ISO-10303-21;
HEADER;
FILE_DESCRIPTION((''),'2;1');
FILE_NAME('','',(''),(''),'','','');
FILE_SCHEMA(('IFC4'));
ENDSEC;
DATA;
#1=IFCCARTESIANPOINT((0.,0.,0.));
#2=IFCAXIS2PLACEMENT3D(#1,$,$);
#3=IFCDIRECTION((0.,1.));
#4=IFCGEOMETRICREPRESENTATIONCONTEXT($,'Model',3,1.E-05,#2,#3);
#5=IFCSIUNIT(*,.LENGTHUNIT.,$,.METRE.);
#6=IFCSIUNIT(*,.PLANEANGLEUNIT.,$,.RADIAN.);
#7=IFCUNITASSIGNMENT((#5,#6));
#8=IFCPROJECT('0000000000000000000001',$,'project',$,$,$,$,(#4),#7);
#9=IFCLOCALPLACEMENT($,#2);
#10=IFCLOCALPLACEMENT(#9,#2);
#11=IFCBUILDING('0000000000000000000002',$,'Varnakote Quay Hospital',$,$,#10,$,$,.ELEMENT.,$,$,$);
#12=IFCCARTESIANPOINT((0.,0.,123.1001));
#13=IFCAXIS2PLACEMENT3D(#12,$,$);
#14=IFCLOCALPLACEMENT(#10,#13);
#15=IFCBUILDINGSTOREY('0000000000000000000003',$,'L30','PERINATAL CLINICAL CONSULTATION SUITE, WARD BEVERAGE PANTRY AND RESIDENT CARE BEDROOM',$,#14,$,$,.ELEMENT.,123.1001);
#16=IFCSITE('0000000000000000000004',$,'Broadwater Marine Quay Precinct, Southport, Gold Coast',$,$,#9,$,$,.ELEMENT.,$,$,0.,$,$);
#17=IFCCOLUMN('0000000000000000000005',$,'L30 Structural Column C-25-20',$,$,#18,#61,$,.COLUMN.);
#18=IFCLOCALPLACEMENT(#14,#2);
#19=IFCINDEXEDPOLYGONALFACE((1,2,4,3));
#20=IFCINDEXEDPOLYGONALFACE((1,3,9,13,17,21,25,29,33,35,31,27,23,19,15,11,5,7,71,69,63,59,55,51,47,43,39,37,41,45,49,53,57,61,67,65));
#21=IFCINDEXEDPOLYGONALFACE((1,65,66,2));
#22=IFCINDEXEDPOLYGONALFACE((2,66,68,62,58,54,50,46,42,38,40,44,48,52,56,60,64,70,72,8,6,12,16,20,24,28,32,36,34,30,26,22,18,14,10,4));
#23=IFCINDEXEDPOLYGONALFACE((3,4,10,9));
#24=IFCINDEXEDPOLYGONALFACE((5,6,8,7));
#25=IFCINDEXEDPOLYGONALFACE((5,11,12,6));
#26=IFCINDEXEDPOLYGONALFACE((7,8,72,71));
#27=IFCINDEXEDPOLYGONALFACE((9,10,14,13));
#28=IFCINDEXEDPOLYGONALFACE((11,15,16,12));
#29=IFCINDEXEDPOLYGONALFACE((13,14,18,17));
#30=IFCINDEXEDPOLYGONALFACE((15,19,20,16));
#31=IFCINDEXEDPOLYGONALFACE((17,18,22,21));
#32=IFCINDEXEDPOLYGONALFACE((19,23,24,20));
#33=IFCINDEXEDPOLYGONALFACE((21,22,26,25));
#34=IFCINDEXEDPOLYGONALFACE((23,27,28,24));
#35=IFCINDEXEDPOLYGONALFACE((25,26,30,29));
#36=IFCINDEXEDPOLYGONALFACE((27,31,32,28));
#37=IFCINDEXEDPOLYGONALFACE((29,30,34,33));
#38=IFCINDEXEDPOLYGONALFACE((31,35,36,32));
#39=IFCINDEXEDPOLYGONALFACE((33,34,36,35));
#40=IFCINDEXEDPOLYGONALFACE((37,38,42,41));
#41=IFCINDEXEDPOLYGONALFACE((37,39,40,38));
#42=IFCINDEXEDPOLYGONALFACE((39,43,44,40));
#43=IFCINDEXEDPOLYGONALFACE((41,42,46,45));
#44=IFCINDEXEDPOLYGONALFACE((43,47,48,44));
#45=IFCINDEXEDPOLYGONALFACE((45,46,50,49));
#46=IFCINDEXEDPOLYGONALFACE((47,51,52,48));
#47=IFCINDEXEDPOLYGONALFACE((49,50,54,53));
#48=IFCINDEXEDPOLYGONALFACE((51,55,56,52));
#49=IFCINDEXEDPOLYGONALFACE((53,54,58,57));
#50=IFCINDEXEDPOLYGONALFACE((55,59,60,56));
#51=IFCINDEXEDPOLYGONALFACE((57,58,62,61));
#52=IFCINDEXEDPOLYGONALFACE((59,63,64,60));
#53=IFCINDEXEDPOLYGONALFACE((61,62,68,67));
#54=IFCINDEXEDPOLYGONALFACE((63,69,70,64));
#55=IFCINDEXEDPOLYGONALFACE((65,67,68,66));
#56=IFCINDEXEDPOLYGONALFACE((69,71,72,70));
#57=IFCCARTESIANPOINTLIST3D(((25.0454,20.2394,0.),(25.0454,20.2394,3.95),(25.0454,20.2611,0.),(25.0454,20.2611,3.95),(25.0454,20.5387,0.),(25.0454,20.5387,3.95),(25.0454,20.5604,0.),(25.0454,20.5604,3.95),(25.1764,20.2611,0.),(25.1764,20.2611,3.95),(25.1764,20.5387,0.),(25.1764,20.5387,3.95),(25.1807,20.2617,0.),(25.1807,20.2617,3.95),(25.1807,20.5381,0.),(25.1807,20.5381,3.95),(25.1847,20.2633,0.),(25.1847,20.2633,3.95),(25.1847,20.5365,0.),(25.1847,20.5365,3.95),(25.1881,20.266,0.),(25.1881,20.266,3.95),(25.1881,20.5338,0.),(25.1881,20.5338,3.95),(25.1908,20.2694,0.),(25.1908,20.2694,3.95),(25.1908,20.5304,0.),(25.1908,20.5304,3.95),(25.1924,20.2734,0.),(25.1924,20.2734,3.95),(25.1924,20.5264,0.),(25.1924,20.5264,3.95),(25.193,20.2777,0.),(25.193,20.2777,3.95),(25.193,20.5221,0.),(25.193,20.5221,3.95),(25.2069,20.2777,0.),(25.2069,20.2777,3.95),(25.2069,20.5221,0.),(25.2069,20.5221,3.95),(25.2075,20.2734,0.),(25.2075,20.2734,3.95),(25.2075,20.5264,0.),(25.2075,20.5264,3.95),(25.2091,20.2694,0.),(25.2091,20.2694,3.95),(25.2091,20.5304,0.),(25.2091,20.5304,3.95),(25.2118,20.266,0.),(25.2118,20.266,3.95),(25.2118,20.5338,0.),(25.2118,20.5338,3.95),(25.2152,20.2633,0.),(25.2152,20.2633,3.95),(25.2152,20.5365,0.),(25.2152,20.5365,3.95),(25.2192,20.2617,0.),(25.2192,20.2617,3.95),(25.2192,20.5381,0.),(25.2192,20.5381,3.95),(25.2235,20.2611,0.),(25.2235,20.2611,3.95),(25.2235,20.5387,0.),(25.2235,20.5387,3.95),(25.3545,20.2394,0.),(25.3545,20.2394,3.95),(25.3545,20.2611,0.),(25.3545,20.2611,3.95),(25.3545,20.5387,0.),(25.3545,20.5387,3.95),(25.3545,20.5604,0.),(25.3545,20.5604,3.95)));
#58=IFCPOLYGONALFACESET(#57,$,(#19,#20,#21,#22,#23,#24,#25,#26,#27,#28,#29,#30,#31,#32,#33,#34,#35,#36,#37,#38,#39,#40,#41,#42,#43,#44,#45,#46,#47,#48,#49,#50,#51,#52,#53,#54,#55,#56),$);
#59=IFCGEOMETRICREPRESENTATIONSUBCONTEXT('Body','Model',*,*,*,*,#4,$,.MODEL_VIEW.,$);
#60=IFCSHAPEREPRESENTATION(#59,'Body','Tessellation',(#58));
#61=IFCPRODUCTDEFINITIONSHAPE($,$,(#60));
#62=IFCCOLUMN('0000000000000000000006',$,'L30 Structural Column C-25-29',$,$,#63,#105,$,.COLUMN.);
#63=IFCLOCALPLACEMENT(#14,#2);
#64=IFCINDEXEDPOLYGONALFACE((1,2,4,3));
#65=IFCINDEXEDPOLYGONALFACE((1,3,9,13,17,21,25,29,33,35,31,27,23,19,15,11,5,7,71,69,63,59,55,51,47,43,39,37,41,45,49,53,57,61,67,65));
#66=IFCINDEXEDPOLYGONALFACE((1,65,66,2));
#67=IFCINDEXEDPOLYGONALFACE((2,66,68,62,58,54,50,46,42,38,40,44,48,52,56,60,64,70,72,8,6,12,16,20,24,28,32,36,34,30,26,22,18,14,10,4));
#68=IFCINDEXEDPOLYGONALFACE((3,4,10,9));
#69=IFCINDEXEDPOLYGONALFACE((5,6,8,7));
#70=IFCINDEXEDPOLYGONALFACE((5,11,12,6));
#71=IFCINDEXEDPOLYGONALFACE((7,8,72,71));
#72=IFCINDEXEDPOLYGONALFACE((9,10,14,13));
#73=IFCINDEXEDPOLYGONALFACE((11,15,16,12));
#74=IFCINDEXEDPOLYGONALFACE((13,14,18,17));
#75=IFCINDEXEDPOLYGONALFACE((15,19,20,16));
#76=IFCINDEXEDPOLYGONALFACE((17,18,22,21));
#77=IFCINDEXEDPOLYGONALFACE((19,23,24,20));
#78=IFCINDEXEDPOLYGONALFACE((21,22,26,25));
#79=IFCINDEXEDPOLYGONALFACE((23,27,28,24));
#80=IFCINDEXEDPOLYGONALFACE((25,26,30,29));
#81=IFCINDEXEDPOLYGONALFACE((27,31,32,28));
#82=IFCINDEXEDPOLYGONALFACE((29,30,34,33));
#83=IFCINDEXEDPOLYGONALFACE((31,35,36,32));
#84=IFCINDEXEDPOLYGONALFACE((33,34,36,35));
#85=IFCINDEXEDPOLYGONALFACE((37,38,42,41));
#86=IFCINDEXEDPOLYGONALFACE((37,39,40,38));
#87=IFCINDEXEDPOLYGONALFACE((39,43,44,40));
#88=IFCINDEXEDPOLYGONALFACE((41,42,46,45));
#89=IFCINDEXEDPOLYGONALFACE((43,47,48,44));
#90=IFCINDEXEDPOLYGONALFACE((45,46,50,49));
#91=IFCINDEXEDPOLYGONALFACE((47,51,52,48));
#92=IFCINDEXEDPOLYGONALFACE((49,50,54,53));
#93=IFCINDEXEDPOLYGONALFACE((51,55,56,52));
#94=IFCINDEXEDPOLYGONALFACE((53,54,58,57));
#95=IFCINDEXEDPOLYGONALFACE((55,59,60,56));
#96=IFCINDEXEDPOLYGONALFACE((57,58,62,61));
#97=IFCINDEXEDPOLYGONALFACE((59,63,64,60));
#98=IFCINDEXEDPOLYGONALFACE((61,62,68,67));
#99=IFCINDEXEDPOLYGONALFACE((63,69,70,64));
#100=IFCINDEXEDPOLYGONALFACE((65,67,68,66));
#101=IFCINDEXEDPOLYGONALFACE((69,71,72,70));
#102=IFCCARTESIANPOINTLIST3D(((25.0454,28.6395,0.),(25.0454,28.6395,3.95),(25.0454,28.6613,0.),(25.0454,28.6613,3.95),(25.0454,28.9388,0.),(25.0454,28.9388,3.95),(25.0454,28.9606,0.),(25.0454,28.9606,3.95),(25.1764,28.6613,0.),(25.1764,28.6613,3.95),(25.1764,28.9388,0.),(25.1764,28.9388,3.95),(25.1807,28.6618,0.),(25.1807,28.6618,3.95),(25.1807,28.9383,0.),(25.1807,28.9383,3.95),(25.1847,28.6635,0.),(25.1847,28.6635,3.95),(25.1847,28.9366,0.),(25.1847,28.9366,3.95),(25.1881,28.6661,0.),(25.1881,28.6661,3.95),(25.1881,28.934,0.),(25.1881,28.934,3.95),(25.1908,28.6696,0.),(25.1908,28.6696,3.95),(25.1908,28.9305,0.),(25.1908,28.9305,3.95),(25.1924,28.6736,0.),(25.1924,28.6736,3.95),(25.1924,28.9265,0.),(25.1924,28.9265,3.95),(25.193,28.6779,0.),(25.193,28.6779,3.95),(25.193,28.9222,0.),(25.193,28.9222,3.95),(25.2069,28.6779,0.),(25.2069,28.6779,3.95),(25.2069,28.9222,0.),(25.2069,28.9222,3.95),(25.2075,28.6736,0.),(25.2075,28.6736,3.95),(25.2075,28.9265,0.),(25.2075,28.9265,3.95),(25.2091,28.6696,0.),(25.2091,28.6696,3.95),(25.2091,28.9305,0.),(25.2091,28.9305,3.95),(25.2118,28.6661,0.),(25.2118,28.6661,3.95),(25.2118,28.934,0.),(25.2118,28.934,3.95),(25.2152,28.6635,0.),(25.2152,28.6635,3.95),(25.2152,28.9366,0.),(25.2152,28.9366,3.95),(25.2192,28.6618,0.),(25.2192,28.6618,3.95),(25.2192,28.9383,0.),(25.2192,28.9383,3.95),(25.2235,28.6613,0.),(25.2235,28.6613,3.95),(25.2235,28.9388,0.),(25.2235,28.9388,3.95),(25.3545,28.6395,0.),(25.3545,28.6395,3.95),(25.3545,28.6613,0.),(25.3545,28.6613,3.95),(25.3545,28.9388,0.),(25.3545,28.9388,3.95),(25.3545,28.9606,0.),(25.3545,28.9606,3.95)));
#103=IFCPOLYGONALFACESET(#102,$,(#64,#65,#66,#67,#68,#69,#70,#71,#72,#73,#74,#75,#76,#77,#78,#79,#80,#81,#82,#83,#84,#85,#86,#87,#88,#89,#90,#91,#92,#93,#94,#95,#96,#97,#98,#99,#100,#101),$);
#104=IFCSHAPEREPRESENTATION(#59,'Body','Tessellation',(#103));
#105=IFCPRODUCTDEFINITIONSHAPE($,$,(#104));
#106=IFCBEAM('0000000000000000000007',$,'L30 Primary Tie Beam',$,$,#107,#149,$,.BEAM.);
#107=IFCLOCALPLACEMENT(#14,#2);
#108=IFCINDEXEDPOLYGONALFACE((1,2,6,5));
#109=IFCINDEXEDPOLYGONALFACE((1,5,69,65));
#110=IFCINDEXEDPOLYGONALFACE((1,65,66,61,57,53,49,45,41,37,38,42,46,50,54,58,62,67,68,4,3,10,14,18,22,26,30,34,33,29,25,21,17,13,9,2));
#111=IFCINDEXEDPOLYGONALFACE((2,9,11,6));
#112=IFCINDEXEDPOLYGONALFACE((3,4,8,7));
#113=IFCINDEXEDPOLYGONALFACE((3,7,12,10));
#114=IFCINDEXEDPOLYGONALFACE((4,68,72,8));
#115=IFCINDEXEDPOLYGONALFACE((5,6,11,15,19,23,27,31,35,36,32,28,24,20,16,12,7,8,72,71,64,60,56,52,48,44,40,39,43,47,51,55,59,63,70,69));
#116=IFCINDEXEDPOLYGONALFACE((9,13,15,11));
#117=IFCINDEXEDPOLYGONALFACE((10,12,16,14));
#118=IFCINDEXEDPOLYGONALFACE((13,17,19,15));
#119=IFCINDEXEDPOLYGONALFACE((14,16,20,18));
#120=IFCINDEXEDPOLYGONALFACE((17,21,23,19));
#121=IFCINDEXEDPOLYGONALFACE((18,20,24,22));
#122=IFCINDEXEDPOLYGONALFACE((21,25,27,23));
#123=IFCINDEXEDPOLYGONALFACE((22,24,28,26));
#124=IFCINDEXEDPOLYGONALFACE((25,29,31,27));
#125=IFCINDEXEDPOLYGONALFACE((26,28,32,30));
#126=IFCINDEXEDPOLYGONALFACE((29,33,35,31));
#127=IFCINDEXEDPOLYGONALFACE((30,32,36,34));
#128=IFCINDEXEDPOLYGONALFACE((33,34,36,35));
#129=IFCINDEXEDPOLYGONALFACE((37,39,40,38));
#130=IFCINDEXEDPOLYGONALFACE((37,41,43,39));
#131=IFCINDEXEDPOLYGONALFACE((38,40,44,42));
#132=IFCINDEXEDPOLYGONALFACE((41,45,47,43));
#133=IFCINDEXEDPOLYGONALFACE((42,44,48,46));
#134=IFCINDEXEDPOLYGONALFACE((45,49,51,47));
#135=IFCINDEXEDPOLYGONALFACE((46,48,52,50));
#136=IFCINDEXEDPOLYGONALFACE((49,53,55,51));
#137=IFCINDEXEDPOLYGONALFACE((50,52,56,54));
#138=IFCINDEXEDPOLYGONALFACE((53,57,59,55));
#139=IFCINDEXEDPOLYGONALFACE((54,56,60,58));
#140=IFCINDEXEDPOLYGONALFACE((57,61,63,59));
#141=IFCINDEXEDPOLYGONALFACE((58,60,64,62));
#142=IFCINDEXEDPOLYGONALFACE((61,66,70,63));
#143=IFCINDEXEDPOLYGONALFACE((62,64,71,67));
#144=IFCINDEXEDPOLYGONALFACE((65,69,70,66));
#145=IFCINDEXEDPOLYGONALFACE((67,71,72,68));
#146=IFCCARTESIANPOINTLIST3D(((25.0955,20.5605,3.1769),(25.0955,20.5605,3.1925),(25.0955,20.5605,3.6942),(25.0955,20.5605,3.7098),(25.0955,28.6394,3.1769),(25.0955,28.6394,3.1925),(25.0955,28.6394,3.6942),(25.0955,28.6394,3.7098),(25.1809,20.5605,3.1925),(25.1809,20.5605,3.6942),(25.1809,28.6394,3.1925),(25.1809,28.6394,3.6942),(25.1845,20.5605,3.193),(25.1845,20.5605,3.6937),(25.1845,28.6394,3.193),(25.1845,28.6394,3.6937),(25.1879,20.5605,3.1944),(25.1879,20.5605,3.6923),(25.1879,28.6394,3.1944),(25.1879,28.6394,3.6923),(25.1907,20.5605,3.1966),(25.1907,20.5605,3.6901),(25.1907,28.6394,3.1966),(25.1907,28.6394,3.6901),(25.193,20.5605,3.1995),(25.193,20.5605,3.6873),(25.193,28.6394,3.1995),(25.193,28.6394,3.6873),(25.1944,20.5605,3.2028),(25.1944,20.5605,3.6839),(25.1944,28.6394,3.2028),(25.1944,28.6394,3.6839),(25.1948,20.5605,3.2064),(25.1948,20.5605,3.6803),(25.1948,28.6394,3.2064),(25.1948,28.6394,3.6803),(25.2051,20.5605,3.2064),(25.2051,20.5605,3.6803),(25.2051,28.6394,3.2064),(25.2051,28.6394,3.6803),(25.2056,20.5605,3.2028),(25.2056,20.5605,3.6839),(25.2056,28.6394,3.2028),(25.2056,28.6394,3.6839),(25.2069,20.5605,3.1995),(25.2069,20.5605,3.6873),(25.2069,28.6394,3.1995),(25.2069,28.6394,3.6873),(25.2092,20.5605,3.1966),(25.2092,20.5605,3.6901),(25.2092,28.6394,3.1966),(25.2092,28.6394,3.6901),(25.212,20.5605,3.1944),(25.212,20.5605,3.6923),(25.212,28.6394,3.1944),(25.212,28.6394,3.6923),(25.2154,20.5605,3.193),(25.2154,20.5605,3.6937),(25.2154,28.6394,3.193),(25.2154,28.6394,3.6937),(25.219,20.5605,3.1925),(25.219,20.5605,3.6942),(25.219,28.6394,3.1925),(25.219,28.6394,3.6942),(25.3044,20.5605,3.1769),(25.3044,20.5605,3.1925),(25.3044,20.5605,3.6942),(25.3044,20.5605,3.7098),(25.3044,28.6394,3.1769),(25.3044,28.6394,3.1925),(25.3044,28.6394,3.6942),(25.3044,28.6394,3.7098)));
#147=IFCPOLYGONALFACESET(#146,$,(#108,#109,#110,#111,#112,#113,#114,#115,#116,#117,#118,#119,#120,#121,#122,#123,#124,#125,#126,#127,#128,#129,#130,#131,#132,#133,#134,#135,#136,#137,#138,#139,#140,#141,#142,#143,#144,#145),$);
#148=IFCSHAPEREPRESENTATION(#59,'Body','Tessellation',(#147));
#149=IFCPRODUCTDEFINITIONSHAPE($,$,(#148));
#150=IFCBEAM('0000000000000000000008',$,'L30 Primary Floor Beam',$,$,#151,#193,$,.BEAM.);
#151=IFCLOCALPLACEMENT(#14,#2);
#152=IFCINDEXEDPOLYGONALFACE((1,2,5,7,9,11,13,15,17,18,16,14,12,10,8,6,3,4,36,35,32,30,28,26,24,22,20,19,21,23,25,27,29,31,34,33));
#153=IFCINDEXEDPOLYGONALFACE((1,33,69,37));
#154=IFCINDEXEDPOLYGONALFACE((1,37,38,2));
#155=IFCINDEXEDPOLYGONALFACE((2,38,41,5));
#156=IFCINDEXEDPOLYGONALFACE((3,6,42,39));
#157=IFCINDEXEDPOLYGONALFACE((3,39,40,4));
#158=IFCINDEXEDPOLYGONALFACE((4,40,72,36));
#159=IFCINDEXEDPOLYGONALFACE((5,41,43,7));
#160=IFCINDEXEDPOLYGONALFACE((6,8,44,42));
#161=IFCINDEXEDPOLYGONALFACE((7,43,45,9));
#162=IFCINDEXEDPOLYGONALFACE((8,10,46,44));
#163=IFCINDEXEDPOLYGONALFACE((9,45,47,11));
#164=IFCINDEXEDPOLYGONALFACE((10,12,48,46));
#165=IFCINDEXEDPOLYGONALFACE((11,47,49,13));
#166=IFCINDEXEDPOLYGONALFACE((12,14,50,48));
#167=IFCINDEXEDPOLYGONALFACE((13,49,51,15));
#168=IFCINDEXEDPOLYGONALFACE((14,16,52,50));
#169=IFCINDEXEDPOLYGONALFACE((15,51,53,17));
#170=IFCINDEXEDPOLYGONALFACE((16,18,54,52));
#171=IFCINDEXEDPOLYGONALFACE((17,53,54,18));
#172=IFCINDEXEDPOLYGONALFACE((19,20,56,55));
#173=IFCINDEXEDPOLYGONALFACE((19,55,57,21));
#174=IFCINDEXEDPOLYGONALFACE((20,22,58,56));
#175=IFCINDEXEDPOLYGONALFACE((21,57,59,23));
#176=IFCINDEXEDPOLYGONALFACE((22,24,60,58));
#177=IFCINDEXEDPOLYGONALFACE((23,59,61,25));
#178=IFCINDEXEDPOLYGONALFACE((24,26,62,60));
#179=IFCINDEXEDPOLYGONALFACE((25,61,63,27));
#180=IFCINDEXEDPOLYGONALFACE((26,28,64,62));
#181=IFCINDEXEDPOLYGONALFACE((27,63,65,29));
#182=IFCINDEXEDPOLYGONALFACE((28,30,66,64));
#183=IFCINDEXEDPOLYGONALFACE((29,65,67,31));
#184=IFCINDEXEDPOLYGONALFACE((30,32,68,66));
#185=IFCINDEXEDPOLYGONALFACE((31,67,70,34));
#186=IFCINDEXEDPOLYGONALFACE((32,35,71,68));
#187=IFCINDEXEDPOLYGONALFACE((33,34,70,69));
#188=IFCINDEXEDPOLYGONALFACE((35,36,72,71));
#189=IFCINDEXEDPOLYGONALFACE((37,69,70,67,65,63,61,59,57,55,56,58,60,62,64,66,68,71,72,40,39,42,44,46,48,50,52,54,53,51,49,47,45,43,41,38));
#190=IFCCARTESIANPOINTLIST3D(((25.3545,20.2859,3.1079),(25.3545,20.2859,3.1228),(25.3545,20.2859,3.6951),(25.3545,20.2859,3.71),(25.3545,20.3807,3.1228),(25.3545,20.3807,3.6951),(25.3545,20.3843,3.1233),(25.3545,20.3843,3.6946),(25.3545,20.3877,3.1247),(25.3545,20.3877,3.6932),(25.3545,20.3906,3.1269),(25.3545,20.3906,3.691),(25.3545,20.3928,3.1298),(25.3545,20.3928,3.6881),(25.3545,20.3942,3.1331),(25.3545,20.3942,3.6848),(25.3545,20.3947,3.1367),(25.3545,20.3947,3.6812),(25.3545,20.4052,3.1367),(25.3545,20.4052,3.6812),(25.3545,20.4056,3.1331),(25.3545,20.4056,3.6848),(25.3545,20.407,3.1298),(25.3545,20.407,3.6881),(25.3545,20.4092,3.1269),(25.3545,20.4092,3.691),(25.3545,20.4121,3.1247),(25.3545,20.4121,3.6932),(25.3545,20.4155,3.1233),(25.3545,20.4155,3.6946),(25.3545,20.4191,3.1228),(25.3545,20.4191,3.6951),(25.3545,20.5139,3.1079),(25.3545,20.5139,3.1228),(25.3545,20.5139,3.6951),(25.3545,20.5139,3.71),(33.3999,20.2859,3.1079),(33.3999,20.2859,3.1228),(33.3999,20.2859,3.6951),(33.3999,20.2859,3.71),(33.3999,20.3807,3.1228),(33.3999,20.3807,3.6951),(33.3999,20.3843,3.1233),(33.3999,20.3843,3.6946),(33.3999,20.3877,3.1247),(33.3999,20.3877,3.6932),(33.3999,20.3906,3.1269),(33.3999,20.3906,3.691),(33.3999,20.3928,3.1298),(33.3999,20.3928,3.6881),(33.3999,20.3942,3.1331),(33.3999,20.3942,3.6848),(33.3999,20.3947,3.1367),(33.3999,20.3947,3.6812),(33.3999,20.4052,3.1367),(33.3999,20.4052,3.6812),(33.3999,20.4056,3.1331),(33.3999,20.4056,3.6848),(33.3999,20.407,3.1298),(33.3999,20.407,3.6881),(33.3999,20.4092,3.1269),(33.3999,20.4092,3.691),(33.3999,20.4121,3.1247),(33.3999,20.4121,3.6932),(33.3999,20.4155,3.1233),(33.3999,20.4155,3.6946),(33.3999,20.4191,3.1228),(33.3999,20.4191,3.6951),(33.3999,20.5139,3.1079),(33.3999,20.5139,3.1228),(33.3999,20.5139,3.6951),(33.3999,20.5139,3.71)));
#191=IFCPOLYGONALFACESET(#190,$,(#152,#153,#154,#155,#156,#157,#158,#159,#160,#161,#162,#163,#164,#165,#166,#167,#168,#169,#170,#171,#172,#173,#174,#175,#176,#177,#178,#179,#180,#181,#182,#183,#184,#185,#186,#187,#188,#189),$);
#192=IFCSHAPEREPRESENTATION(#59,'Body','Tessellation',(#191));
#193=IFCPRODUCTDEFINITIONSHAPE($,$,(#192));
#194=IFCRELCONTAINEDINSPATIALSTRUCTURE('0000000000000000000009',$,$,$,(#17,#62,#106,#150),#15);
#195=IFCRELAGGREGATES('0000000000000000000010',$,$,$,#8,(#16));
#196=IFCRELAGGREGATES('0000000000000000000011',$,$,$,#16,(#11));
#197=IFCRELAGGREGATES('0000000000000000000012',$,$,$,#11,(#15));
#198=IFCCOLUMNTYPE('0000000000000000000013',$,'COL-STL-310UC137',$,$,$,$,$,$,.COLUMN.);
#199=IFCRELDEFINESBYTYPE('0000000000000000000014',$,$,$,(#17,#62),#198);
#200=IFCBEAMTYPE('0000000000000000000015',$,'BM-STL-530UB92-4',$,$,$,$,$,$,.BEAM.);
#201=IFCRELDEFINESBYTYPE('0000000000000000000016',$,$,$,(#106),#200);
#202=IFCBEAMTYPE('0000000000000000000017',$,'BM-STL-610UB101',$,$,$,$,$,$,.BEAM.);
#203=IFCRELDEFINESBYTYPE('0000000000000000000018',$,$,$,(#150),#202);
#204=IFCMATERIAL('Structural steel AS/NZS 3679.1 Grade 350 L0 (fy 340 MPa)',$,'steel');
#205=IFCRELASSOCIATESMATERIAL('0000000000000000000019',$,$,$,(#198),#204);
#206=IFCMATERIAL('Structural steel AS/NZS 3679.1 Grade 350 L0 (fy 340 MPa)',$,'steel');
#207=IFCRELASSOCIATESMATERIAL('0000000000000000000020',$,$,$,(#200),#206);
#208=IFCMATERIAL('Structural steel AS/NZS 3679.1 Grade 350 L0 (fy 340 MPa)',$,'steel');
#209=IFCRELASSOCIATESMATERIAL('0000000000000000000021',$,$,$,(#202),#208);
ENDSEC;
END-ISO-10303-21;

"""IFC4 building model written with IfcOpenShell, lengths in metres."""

from ifc_helpers import new_model, si_unit, direction, frame, origin, origin_2d, place, context, subcontext, project, spatial, i_section, extrude, material, material_profile, profile_set, type_object, element, save


model = new_model("IFC4")

# Units and contexts
model_context = context("Model", 3, precision=1e-05, world=origin(), true_north=direction((0.0, 1.0)))
body_context = subcontext(model_context, "Body", "Model", "MODEL_VIEW")
ifc_project = project(units=[si_unit("LENGTHUNIT", "METRE"), si_unit("PLANEANGLEUNIT", "RADIAN")], contexts=[model_context])

# Site, building, storey
site_placement = place(None, origin())
site = spatial("IfcSite", under=ifc_project, at=site_placement, Name="Broadwater Marine Quay Precinct, Southport, Gold Coast", CompositionType="ELEMENT", RefElevation=0.0)
building_placement = place(site_placement, origin())
building = spatial("IfcBuilding", under=site, at=building_placement, Name="Varnakote Quay Hospital", CompositionType="ELEMENT")
storey_placement = place(building_placement, frame((0.0, 0.0, 123.1001)))
storey = spatial("IfcBuildingStorey", under=building, at=storey_placement, Name="L30", Description="PERINATAL CLINICAL CONSULTATION SUITE, WARD BEVERAGE PANTRY AND RESIDENT CARE BEDROOM", CompositionType="ELEMENT", Elevation=123.1001)

# Columns
ifc_material_1 = material(Name="Structural steel AS/NZS 3679.1 Grade 350 L0 (fy 340 MPa)", Category="steel")
ifc_material_profile_1 = material_profile(ifc_material_1, i_section(OverallWidth=0.3091, OverallDepth=0.321, WebThickness=0.0139, FlangeThickness=0.0217, FilletRadius=0.0166, at=origin_2d()), Name="310UC137")
ifc_profile_set_1 = profile_set([ifc_material_profile_1], Name="Structural steel AS/NZS 3679.1 Grade 350 L0 (fy 340 MPa)")
column_type = type_object("IfcColumnType", Name="COL-STL-310UC137", PredefinedType="COLUMN", material=ifc_profile_set_1)
for number, where, z_axis, x_axis, name in (
    (1, (25.2, 20.3999, 0.0), (0.0, 0.0, 1.0), (1.0, 0.0, 0.0), "L30 Structural Column C-25-20"),
    (2, (25.2, 28.8, 0.0), (0.0, 0.0, 1.0), (1.0, 0.0, 0.0), "L30 Structural Column C-25-29"),
):
    element("IfcColumn", number, at=place(storey_placement, frame(where, z_axis=z_axis, x_axis=x_axis)), inside=storey, type_object=column_type, Name=name, PredefinedType="COLUMN", context=body_context, shape_type="SweptSolid", body=[
        extrude(i_section(OverallWidth=0.3091, OverallDepth=0.321, WebThickness=0.0139, FlangeThickness=0.0217, FilletRadius=0.0166, at=origin_2d()), origin(), (0.0, 0.0, 1.0), 3.95),
    ])

# Beams
ifc_material_2 = material(Name="Structural steel AS/NZS 3679.1 Grade 350 L0 (fy 340 MPa)", Category="steel")
ifc_material_profile_2 = material_profile(ifc_material_2, i_section(OverallWidth=0.209, OverallDepth=0.533, WebThickness=0.0103, FlangeThickness=0.0156, FilletRadius=0.0139, at=origin_2d()), Name="530UB92.4")
ifc_profile_set_2 = profile_set([ifc_material_profile_2], Name="Structural steel AS/NZS 3679.1 Grade 350 L0 (fy 340 MPa)")
beam_type_1 = type_object("IfcBeamType", Name="BM-STL-530UB92-4", PredefinedType="BEAM", material=ifc_profile_set_2)
beam_1_placement = place(storey_placement, frame((25.2, 20.5605, 3.4434), z_axis=(0.0, 1.0, 0.0), x_axis=(-1.0, 0.0, 0.0)))
element("IfcBeam", 3, at=beam_1_placement, inside=storey, type_object=beam_type_1, Name="L30 Primary Tie Beam", PredefinedType="BEAM", context=body_context, shape_type="SweptSolid", body=[
    extrude(i_section(OverallWidth=0.209, OverallDepth=0.533, WebThickness=0.0103, FlangeThickness=0.0156, FilletRadius=0.0139, at=origin_2d()), origin(), (0.0, 0.0, 1.0), 8.0789),
])
ifc_material_3 = material(Name="Structural steel AS/NZS 3679.1 Grade 350 L0 (fy 340 MPa)", Category="steel")
ifc_material_profile_3 = material_profile(ifc_material_3, i_section(OverallWidth=0.228, OverallDepth=0.6021, WebThickness=0.0105, FlangeThickness=0.0149, FilletRadius=0.0139, at=origin_2d()), Name="610UB101")
ifc_profile_set_3 = profile_set([ifc_material_profile_3], Name="Structural steel AS/NZS 3679.1 Grade 350 L0 (fy 340 MPa)")
beam_type_2 = type_object("IfcBeamType", Name="BM-STL-610UB101", PredefinedType="BEAM", material=ifc_profile_set_3)
beam_2_placement = place(storey_placement, frame((25.3545, 20.3999, 3.4089), z_axis=(1.0, 0.0, 0.0), x_axis=(0.0, 1.0, 0.0)))
element("IfcBeam", 4, at=beam_2_placement, inside=storey, type_object=beam_type_2, Name="L30 Primary Floor Beam", PredefinedType="BEAM", context=body_context, shape_type="SweptSolid", body=[
    extrude(i_section(OverallWidth=0.228, OverallDepth=0.6021, WebThickness=0.0105, FlangeThickness=0.0149, FilletRadius=0.0139, at=origin_2d()), origin(), (0.0, 0.0, 1.0), 8.0454),
])

save(model, "model.ifc")
